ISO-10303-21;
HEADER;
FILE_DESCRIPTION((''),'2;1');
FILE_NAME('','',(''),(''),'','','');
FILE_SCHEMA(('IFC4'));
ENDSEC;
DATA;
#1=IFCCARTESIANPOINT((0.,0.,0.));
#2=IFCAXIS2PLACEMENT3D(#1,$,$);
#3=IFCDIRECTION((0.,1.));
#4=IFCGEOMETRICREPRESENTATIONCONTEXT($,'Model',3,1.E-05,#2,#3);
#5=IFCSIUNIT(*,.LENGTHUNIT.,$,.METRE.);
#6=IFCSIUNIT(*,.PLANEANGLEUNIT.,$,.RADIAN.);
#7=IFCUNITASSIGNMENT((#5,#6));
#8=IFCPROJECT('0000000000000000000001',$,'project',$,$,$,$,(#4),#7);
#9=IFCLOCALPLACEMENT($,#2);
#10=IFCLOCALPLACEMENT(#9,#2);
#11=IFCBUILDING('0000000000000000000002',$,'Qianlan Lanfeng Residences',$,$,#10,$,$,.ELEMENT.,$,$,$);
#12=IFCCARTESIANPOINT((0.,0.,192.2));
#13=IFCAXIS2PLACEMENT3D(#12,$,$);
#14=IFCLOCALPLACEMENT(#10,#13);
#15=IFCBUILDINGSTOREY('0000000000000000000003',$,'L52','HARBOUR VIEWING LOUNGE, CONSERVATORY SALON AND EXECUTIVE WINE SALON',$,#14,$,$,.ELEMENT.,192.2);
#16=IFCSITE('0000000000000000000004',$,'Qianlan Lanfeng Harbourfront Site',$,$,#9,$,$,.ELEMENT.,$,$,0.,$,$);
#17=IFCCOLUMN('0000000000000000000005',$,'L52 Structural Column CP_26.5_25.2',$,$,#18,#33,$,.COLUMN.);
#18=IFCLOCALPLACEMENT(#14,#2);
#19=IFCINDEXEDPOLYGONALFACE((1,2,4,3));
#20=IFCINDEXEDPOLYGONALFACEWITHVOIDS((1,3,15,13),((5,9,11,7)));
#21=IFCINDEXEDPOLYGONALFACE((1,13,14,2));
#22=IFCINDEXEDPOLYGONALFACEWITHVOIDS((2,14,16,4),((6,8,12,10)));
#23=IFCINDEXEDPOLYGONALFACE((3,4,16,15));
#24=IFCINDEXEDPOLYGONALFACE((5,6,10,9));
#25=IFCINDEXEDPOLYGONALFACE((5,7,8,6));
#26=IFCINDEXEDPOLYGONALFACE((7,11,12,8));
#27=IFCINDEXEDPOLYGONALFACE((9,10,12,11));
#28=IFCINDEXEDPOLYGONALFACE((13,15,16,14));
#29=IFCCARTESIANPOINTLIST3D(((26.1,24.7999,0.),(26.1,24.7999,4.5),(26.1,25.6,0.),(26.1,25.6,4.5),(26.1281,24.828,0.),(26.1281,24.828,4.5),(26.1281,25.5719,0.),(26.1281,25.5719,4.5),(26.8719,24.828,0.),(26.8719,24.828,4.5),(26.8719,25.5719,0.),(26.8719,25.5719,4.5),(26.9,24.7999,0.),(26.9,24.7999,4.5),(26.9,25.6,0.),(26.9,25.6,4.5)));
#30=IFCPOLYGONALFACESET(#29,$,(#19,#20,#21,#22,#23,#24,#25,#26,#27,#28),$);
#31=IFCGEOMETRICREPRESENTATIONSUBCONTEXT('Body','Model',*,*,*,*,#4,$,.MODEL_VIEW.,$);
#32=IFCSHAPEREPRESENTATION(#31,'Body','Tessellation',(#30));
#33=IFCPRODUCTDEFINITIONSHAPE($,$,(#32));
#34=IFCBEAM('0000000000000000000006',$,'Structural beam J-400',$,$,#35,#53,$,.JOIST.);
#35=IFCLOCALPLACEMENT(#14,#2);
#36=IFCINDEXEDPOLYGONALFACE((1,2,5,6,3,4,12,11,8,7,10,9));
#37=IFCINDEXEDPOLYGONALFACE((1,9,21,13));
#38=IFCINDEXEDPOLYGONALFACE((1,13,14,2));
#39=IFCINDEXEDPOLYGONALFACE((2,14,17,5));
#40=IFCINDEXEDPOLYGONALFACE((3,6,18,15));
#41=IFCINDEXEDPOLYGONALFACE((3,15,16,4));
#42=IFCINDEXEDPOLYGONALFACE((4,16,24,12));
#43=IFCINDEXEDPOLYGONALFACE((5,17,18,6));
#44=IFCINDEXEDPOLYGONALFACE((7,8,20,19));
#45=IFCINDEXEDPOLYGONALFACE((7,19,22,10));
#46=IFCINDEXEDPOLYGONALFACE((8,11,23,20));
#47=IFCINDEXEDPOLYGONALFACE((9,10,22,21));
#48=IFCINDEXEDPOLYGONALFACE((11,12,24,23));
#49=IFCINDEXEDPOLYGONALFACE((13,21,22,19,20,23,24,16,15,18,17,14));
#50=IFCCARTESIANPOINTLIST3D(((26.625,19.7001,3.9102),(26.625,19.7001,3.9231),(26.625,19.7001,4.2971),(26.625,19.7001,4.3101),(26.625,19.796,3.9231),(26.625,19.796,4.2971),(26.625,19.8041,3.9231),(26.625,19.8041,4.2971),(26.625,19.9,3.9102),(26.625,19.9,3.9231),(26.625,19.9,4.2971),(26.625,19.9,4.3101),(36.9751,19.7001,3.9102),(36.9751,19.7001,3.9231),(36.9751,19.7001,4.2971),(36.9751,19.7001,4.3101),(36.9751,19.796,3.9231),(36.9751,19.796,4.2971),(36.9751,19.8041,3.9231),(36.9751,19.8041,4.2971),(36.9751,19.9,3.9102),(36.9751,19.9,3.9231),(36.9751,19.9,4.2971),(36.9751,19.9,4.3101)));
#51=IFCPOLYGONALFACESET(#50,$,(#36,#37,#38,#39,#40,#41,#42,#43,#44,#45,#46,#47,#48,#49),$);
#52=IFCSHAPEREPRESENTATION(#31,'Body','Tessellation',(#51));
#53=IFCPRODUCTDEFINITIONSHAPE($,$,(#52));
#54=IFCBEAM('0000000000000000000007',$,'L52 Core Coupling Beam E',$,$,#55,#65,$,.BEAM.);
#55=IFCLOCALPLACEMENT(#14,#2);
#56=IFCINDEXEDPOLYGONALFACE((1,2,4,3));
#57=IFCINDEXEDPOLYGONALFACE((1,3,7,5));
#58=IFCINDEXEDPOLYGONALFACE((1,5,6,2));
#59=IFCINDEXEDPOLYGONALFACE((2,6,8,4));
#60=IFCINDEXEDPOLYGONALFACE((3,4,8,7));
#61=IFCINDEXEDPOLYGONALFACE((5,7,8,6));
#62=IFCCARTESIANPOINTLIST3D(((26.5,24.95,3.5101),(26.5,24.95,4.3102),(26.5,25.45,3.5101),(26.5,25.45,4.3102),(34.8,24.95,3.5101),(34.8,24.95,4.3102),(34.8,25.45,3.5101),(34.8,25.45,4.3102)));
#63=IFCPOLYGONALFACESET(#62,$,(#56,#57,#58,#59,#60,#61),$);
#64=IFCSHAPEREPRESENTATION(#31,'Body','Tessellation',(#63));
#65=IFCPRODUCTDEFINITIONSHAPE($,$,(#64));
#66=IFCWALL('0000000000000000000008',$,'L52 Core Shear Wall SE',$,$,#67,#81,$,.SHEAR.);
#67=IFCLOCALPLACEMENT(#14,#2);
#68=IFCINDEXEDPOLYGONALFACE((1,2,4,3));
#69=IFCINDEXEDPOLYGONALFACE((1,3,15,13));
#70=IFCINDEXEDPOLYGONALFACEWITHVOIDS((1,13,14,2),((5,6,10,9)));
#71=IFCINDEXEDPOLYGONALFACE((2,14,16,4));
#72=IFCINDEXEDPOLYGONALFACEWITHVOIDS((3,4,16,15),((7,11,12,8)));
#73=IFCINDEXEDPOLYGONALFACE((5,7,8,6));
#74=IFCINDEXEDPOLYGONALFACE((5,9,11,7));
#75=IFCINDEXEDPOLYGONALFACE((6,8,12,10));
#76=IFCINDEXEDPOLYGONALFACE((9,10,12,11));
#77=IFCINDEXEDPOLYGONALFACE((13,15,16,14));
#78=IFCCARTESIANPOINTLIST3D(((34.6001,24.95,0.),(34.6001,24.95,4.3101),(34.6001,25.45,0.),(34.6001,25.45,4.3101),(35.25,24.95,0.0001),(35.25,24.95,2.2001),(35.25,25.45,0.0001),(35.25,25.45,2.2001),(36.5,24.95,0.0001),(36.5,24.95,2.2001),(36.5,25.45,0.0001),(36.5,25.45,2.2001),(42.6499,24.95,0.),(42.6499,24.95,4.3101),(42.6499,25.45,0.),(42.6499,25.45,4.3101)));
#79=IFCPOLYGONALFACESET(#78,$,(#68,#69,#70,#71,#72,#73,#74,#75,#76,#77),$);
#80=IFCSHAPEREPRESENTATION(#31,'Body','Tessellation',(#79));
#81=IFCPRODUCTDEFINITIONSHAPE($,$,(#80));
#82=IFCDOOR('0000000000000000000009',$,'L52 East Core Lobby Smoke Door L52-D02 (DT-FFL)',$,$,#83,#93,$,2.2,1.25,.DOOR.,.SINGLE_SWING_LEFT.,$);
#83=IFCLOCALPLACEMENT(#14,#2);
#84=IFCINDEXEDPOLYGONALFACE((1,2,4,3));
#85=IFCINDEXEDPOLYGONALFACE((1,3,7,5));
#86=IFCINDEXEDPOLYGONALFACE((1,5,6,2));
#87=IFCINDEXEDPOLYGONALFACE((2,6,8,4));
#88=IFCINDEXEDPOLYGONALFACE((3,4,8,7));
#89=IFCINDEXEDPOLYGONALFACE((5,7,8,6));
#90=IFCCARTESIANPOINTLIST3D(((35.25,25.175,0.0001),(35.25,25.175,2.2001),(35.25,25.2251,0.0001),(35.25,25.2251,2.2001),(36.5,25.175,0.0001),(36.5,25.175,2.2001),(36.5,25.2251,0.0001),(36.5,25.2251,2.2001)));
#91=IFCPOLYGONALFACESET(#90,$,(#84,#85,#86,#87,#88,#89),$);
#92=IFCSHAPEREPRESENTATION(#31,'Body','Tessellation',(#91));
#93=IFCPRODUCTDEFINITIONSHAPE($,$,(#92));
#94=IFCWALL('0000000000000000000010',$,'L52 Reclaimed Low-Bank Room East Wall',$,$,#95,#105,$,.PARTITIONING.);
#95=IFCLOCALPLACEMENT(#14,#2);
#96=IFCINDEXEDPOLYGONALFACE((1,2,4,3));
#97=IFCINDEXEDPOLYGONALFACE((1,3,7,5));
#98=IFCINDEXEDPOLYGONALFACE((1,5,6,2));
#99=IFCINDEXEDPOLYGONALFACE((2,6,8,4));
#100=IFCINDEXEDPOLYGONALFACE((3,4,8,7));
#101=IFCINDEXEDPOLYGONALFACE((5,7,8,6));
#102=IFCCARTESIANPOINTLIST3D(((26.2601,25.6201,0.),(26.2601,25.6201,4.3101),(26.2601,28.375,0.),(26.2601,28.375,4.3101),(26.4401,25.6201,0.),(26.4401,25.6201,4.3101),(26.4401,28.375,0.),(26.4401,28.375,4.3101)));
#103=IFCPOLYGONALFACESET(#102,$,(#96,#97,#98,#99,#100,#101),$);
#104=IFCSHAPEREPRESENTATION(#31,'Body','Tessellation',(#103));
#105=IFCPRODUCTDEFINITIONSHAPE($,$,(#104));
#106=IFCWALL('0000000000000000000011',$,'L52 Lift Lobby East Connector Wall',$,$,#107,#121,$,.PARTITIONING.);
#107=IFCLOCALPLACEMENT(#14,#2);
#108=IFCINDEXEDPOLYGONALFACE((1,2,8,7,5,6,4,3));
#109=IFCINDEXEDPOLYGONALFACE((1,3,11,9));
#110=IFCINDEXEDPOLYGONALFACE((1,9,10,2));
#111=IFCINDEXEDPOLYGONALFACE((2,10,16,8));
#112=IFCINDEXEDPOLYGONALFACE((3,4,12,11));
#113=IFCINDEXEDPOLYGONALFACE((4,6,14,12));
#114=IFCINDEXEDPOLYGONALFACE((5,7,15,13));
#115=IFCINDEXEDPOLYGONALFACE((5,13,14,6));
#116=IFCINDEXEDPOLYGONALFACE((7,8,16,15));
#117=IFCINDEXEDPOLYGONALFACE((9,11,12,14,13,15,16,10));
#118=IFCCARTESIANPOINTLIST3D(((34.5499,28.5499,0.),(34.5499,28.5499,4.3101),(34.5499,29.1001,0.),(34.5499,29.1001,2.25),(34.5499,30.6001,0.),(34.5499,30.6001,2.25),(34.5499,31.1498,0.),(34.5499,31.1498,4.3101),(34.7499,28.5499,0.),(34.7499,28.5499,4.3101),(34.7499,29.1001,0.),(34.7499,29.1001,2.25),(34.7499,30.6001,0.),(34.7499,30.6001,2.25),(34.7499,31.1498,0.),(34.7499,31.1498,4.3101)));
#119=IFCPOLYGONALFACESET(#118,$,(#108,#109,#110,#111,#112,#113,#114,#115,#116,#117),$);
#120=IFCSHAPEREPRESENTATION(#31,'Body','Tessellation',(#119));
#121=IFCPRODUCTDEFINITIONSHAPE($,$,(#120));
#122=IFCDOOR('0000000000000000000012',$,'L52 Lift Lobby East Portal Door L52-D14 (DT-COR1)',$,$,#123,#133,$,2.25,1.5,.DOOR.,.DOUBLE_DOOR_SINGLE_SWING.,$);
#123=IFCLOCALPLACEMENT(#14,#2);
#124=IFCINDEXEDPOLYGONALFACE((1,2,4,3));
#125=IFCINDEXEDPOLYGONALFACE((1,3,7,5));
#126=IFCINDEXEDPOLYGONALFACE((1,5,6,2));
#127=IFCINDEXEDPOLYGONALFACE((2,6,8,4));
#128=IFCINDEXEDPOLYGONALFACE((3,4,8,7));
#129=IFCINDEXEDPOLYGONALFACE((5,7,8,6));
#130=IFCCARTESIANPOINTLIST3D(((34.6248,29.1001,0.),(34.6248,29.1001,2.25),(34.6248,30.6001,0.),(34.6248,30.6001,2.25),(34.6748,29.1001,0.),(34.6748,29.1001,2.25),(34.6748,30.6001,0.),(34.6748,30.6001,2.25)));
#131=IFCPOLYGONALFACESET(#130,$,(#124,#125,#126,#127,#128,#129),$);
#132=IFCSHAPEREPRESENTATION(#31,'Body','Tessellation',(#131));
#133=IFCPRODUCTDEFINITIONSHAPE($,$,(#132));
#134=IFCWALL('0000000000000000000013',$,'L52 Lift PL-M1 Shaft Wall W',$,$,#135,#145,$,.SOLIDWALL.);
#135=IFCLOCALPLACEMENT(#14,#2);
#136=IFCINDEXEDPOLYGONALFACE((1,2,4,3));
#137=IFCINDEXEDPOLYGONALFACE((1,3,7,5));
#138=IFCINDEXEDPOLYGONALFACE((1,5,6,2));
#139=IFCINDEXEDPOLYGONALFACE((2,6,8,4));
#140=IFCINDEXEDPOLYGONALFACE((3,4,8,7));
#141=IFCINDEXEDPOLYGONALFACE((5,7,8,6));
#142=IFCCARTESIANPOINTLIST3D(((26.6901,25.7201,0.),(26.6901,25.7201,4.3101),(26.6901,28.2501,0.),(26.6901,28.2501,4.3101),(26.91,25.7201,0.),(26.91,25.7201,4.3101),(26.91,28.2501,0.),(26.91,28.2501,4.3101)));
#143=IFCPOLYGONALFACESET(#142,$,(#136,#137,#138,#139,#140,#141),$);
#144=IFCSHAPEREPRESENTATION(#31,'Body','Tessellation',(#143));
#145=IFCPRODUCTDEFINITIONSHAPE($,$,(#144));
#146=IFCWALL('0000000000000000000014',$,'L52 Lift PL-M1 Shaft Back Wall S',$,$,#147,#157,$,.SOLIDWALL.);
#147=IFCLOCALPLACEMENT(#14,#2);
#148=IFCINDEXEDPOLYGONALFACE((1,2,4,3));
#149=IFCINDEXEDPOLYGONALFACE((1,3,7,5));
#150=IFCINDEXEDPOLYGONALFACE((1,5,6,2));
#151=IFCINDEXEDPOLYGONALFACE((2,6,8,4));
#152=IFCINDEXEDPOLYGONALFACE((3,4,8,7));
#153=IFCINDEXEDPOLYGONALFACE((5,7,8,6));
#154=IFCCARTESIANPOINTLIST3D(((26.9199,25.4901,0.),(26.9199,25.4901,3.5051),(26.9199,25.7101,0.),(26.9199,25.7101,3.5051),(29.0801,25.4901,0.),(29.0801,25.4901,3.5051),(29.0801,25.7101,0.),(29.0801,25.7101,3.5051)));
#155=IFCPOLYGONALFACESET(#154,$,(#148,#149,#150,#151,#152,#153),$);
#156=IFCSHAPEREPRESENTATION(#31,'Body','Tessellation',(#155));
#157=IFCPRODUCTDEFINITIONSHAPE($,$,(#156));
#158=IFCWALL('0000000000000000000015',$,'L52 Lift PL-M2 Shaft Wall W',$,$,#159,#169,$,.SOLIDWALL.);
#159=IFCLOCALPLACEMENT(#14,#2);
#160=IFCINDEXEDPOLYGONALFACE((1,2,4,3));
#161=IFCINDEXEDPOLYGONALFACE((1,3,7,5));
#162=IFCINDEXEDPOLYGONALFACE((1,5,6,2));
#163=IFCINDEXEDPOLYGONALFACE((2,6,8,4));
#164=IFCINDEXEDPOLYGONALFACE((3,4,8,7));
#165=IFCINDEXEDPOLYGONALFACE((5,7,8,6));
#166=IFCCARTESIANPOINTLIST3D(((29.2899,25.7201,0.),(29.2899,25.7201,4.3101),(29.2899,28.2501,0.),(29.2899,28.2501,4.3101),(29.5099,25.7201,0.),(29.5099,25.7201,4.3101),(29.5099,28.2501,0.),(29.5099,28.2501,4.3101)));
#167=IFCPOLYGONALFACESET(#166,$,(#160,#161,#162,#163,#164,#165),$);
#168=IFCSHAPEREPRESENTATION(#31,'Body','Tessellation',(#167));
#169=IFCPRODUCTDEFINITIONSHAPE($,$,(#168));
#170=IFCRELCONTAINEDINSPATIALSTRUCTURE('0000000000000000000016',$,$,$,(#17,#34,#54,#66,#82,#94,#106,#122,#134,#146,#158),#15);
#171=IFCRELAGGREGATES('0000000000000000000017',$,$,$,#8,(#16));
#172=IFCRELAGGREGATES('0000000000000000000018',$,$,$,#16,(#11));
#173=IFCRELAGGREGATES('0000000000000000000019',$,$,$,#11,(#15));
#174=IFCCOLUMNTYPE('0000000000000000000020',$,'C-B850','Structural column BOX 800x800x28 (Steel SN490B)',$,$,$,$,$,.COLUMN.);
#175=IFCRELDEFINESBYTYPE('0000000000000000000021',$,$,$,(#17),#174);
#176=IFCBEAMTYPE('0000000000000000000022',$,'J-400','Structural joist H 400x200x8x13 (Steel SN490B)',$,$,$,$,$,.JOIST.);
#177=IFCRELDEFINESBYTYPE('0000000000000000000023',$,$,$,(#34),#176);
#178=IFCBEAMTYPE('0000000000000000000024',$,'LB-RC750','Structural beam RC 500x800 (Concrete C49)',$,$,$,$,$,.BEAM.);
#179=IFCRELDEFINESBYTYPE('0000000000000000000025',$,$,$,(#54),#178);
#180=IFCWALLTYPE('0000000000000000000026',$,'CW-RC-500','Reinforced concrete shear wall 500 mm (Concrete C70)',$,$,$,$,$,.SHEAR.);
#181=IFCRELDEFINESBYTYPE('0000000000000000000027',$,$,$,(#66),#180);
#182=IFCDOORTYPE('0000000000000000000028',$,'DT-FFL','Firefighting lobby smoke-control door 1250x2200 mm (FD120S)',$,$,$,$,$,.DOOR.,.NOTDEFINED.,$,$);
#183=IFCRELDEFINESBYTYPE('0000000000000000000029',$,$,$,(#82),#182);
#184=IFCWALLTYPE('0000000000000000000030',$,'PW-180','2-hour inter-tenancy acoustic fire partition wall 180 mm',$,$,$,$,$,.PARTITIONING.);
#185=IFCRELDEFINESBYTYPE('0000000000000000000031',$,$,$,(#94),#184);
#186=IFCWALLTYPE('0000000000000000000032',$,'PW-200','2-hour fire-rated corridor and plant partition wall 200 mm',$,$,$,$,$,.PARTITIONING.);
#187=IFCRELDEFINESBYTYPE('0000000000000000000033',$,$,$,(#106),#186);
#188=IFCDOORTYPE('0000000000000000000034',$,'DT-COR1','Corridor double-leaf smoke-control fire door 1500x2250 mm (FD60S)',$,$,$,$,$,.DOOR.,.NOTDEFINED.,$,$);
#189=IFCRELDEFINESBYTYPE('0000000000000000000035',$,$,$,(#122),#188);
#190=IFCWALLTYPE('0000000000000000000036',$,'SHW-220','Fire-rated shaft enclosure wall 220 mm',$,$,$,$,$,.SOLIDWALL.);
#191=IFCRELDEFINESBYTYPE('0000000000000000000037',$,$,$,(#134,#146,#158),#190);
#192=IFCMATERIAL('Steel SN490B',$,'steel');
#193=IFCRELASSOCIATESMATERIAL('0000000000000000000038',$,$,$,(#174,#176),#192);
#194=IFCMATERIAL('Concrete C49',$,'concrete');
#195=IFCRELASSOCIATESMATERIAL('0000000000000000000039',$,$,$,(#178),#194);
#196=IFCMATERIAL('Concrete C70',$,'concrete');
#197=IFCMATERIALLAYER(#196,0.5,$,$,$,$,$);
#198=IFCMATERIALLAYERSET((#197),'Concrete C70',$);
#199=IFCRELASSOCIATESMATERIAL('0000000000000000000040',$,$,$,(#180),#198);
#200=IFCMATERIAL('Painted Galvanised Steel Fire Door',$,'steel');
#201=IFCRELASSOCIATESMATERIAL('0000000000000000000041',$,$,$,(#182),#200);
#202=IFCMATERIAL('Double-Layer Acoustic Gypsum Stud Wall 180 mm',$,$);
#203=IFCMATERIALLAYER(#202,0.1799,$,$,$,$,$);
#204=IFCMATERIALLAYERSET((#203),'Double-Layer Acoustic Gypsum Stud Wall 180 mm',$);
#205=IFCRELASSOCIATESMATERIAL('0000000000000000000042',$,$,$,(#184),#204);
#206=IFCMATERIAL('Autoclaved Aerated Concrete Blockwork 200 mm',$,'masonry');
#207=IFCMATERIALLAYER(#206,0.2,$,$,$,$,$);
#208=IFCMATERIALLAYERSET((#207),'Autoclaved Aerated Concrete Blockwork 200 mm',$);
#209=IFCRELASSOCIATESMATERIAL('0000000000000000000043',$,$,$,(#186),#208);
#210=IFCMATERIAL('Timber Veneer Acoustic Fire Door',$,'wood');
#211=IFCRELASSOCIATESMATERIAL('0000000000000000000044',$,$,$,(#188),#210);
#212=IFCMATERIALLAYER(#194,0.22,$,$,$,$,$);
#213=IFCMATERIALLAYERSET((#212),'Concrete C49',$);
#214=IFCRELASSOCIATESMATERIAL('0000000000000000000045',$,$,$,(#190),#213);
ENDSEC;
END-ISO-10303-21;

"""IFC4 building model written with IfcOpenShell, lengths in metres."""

from ifc_helpers import new_model, si_unit, direction, frame, frame_2d, origin, origin_2d, place, context, subcontext, project, spatial, rectangle, hollow_rectangle, i_section, extrude, material, layer, layer_set, material_profile, profile_set, type_object, element, fill, save


model = new_model("IFC4")

# Units and contexts
model_context = context("Model", 3, precision=1e-05, world=origin(), true_north=direction((0.0, 1.0)))
body_context = subcontext(model_context, "Body", "Model", "MODEL_VIEW")
ifc_project = project(units=[si_unit("LENGTHUNIT", "METRE"), si_unit("PLANEANGLEUNIT", "RADIAN")], contexts=[model_context])

# Site, building, storey
site_placement = place(None, origin())
site = spatial("IfcSite", under=ifc_project, at=site_placement, Name="Qianlan Lanfeng Harbourfront Site", CompositionType="ELEMENT", RefElevation=0.0)
building_placement = place(site_placement, origin())
building = spatial("IfcBuilding", under=site, at=building_placement, Name="Qianlan Lanfeng Residences", CompositionType="ELEMENT")
storey_placement = place(building_placement, frame((0.0, 0.0, 192.2)))
storey = spatial("IfcBuildingStorey", under=building, at=storey_placement, Name="L52", Description="HARBOUR VIEWING LOUNGE, CONSERVATORY SALON AND EXECUTIVE WINE SALON", CompositionType="ELEMENT", Elevation=192.2)

# Column
ifc_material_1 = material(Name="Steel SN490B", Category="steel")
ifc_material_profile_1 = material_profile(ifc_material_1, hollow_rectangle(XDim=0.8, YDim=0.8, WallThickness=0.0281, at=origin_2d()), Name="BOX 800x800x28")
ifc_profile_set_1 = profile_set([ifc_material_profile_1], Name="Steel SN490B")
column_type = type_object("IfcColumnType", Name="C-B850", Description="Structural column BOX 800x800x28 (Steel SN490B)", PredefinedType="COLUMN", material=ifc_profile_set_1)
column_placement = place(storey_placement, frame((26.5, 25.2, 0.0), z_axis=(0.0, 0.0, 1.0), x_axis=(1.0, 0.0, 0.0)))
element("IfcColumn", 1, at=column_placement, inside=storey, type_object=column_type, Name="L52 Structural Column CP_26.5_25.2", PredefinedType="COLUMN", context=body_context, shape_type="SweptSolid", body=[
    extrude(hollow_rectangle(XDim=0.8, YDim=0.8, WallThickness=0.0281, at=origin_2d()), origin(), (0.0, 0.0, 1.0), 4.5),
])

# Beams
ifc_material_profile_2 = material_profile(ifc_material_1, i_section(OverallWidth=0.2, OverallDepth=0.3999, WebThickness=0.0081, FlangeThickness=0.0129, at=origin_2d()), Name="H 400x200x8x13")
ifc_profile_set_2 = profile_set([ifc_material_profile_2], Name="Steel SN490B")
beam_type_1 = type_object("IfcBeamType", Name="J-400", Description="Structural joist H 400x200x8x13 (Steel SN490B)", PredefinedType="JOIST", material=ifc_profile_set_2)
beam_1_placement = place(storey_placement, frame((26.625, 19.8, 4.1101), z_axis=(1.0, 0.0, 0.0), x_axis=(0.0, 1.0, 0.0)))
element("IfcBeam", 2, at=beam_1_placement, inside=storey, type_object=beam_type_1, Name="Structural beam J-400", PredefinedType="JOIST", context=body_context, shape_type="SweptSolid", body=[
    extrude(i_section(OverallWidth=0.2, OverallDepth=0.3999, WebThickness=0.0081, FlangeThickness=0.0129, at=origin_2d()), origin(), (0.0, 0.0, 1.0), 10.3501),
])
ifc_material_2 = material(Name="Concrete C49", Category="concrete")
ifc_material_profile_3 = material_profile(ifc_material_2, rectangle(XDim=0.5, YDim=0.8, at=origin_2d()), Name="RC 500x800")
ifc_profile_set_3 = profile_set([ifc_material_profile_3], Name="Concrete C49")
beam_type_2 = type_object("IfcBeamType", Name="LB-RC750", Description="Structural beam RC 500x800 (Concrete C49)", PredefinedType="BEAM", material=ifc_profile_set_3)
beam_2_placement = place(storey_placement, frame((26.5, 25.2, 3.9102), z_axis=(1.0, 0.0, 0.0), x_axis=(0.0, 1.0, 0.0)))
element("IfcBeam", 3, at=beam_2_placement, inside=storey, type_object=beam_type_2, Name="L52 Core Coupling Beam E", PredefinedType="BEAM", context=body_context, shape_type="SweptSolid", body=[
    extrude(rectangle(XDim=0.5, YDim=0.8, at=origin_2d()), origin(), (0.0, 0.0, 1.0), 8.3),
])

# Wall, opening, door
ifc_material_3 = material(Name="Concrete C70", Category="concrete")
ifc_layer_1 = layer(ifc_material_3, 0.5)
ifc_layer_set_1 = layer_set([ifc_layer_1], Name="Concrete C70")
wall_type_1 = type_object("IfcWallType", Name="CW-RC-500", Description="Reinforced concrete shear wall 500 mm (Concrete C70)", PredefinedType="SHEAR", material=ifc_layer_set_1)
wall_1_placement = place(storey_placement, frame((34.6001, 25.2, 0.0), z_axis=(0.0, 0.0, 1.0), x_axis=(1.0, 0.0, 0.0)))
wall_1 = element("IfcWall", 4, at=wall_1_placement, inside=storey, type_object=wall_type_1, Name="L52 Core Shear Wall SE", PredefinedType="SHEAR", context=body_context, shape_type="SweptSolid", body=[
    extrude(rectangle(XDim=8.0498, YDim=0.5, at=frame_2d((4.0249, 0.0))), origin(), (0.0, 0.0, 1.0), 4.3101),
])
opening_1_placement = place(wall_1_placement, frame((0.6499, 0.0, 0.0)))
opening_1 = element("IfcOpeningElement", 5, at=opening_1_placement, cuts=wall_1, PredefinedType="OPENING", context=body_context, shape_type="SweptSolid", body=[
    extrude(rectangle(XDim=1.25, YDim=2.2, at=frame_2d((0.625, 1.1001))), frame((0.0, 0.26, 0.0), z_axis=(0.0, -1.0, 0.0), x_axis=(1.0, 0.0, 0.0)), (0.0, 0.0, 1.0), 0.52),
])
ifc_material_4 = material(Name="Painted Galvanised Steel Fire Door", Category="steel")
door_type_1 = type_object("IfcDoorType", Name="DT-FFL", Description="Firefighting lobby smoke-control door 1250x2200 mm (FD120S)", OperationType="NOTDEFINED", PredefinedType="DOOR", material=ifc_material_4)
door_1_placement = place(opening_1_placement, frame((1.25, 0.0, 0.0), z_axis=(0.0, 0.0, 1.0), x_axis=(-1.0, 0.0, 0.0)))
door_1 = element("IfcDoor", 6, at=door_1_placement, inside=storey, type_object=door_type_1, Name="L52 East Core Lobby Smoke Door L52-D02 (DT-FFL)", OperationType="SINGLE_SWING_LEFT", OverallHeight=2.2, OverallWidth=1.25, PredefinedType="DOOR", context=body_context, shape_type="SweptSolid", body=[
    extrude(rectangle(XDim=1.25, YDim=2.2, at=frame_2d((0.625, 1.1001))), frame((0.0, 0.0249, 0.0), z_axis=(0.0, -1.0, 0.0), x_axis=(1.0, 0.0, 0.0)), (0.0, 0.0, 1.0), 0.05),
])
fill(opening_1, door_1)

# Shared definitions
ifc_material_5 = material(Name="Double-Layer Acoustic Gypsum Stud Wall 180 mm")
ifc_layer_2 = layer(ifc_material_5, 0.1799)
ifc_layer_set_2 = layer_set([ifc_layer_2], Name="Double-Layer Acoustic Gypsum Stud Wall 180 mm")
wall_type_2 = type_object("IfcWallType", Name="PW-180", Description="2-hour inter-tenancy acoustic fire partition wall 180 mm", PredefinedType="PARTITIONING", material=ifc_layer_set_2)

# Wall
wall_2_placement = place(storey_placement, frame((26.3501, 25.6201, 0.0), z_axis=(0.0, 0.0, 1.0), x_axis=(0.0, 1.0, 0.0)))
element("IfcWall", 7, at=wall_2_placement, inside=storey, type_object=wall_type_2, Name="L52 Reclaimed Low-Bank Room East Wall", PredefinedType="PARTITIONING", context=body_context, shape_type="SweptSolid", body=[
    extrude(rectangle(XDim=2.7549, YDim=0.1799, at=frame_2d((1.3774, 0.0))), origin(), (0.0, 0.0, 1.0), 4.3101),
])

# Wall, opening, door
ifc_material_6 = material(Name="Autoclaved Aerated Concrete Blockwork 200 mm", Category="masonry")
ifc_layer_3 = layer(ifc_material_6, 0.2)
ifc_layer_set_3 = layer_set([ifc_layer_3], Name="Autoclaved Aerated Concrete Blockwork 200 mm")
wall_type_3 = type_object("IfcWallType", Name="PW-200", Description="2-hour fire-rated corridor and plant partition wall 200 mm", PredefinedType="PARTITIONING", material=ifc_layer_set_3)
wall_3_placement = place(storey_placement, frame((34.6499, 28.55, 0.0), z_axis=(0.0, 0.0, 1.0), x_axis=(0.0, 1.0, 0.0)))
wall_3 = element("IfcWall", 8, at=wall_3_placement, inside=storey, type_object=wall_type_3, Name="L52 Lift Lobby East Connector Wall", PredefinedType="PARTITIONING", context=body_context, shape_type="SweptSolid", body=[
    extrude(rectangle(XDim=2.5999, YDim=0.2, at=frame_2d((1.2998, 0.0))), origin(), (0.0, 0.0, 1.0), 4.3101),
])
opening_2_placement = place(wall_3_placement, frame((0.55, 0.0, 0.0)))
opening_2 = element("IfcOpeningElement", 9, at=opening_2_placement, cuts=wall_3, PredefinedType="OPENING", context=body_context, shape_type="SweptSolid", body=[
    extrude(rectangle(XDim=1.5, YDim=2.25, at=frame_2d((0.75, 1.125))), frame((0.0, 0.1099, 0.0), z_axis=(0.0, -1.0, 0.0), x_axis=(1.0, 0.0, 0.0)), (0.0, 0.0, 1.0), 0.22),
])
ifc_material_7 = material(Name="Timber Veneer Acoustic Fire Door", Category="wood")
door_type_2 = type_object("IfcDoorType", Name="DT-COR1", Description="Corridor double-leaf smoke-control fire door 1500x2250 mm (FD60S)", OperationType="NOTDEFINED", PredefinedType="DOOR", material=ifc_material_7)
door_2_placement = place(opening_2_placement, frame((1.5, 0.0, 0.0), z_axis=(0.0, 0.0, 1.0), x_axis=(-1.0, 0.0, 0.0)))
door_2 = element("IfcDoor", 10, at=door_2_placement, inside=storey, type_object=door_type_2, Name="L52 Lift Lobby East Portal Door L52-D14 (DT-COR1)", OperationType="DOUBLE_DOOR_SINGLE_SWING", OverallHeight=2.25, OverallWidth=1.5, PredefinedType="DOOR", context=body_context, shape_type="SweptSolid", body=[
    extrude(rectangle(XDim=1.5, YDim=2.25, at=frame_2d((0.75, 1.125))), frame((0.0, 0.0249, 0.0), z_axis=(0.0, -1.0, 0.0), x_axis=(1.0, 0.0, 0.0)), (0.0, 0.0, 1.0), 0.05),
])
fill(opening_2, door_2)

# Walls
ifc_layer_4 = layer(ifc_material_2, 0.22)
ifc_layer_set_4 = layer_set([ifc_layer_4], Name="Concrete C49")
wall_type_4 = type_object("IfcWallType", Name="SHW-220", Description="Fire-rated shaft enclosure wall 220 mm", PredefinedType="SOLIDWALL", material=ifc_layer_set_4)
wall_4_placement = place(storey_placement, frame((26.8, 25.72, 0.0), z_axis=(0.0, 0.0, 1.0), x_axis=(0.0, 1.0, 0.0)))
element("IfcWall", 11, at=wall_4_placement, inside=storey, type_object=wall_type_4, Name="L52 Lift PL-M1 Shaft Wall W", PredefinedType="SOLIDWALL", context=body_context, shape_type="SweptSolid", body=[
    extrude(rectangle(XDim=2.53, YDim=0.22, at=frame_2d((1.2651, 0.0))), origin(), (0.0, 0.0, 1.0), 4.3101),
])
wall_5_placement = place(storey_placement, frame((26.9199, 25.6001, 0.0), z_axis=(0.0, 0.0, 1.0), x_axis=(1.0, 0.0, 0.0)))
element("IfcWall", 12, at=wall_5_placement, inside=storey, type_object=wall_type_4, Name="L52 Lift PL-M1 Shaft Back Wall S", PredefinedType="SOLIDWALL", context=body_context, shape_type="SweptSolid", body=[
    extrude(rectangle(XDim=2.1602, YDim=0.22, at=frame_2d((1.0801, 0.0))), origin(), (0.0, 0.0, 1.0), 3.5051),
])
wall_6_placement = place(storey_placement, frame((29.3999, 25.72, 0.0), z_axis=(0.0, 0.0, 1.0), x_axis=(0.0, 1.0, 0.0)))
element("IfcWall", 13, at=wall_6_placement, inside=storey, type_object=wall_type_4, Name="L52 Lift PL-M2 Shaft Wall W", PredefinedType="SOLIDWALL", context=body_context, shape_type="SweptSolid", body=[
    extrude(rectangle(XDim=2.53, YDim=0.22, at=frame_2d((1.2651, 0.0))), origin(), (0.0, 0.0, 1.0), 4.3101),
])

save(model, "model.ifc")
